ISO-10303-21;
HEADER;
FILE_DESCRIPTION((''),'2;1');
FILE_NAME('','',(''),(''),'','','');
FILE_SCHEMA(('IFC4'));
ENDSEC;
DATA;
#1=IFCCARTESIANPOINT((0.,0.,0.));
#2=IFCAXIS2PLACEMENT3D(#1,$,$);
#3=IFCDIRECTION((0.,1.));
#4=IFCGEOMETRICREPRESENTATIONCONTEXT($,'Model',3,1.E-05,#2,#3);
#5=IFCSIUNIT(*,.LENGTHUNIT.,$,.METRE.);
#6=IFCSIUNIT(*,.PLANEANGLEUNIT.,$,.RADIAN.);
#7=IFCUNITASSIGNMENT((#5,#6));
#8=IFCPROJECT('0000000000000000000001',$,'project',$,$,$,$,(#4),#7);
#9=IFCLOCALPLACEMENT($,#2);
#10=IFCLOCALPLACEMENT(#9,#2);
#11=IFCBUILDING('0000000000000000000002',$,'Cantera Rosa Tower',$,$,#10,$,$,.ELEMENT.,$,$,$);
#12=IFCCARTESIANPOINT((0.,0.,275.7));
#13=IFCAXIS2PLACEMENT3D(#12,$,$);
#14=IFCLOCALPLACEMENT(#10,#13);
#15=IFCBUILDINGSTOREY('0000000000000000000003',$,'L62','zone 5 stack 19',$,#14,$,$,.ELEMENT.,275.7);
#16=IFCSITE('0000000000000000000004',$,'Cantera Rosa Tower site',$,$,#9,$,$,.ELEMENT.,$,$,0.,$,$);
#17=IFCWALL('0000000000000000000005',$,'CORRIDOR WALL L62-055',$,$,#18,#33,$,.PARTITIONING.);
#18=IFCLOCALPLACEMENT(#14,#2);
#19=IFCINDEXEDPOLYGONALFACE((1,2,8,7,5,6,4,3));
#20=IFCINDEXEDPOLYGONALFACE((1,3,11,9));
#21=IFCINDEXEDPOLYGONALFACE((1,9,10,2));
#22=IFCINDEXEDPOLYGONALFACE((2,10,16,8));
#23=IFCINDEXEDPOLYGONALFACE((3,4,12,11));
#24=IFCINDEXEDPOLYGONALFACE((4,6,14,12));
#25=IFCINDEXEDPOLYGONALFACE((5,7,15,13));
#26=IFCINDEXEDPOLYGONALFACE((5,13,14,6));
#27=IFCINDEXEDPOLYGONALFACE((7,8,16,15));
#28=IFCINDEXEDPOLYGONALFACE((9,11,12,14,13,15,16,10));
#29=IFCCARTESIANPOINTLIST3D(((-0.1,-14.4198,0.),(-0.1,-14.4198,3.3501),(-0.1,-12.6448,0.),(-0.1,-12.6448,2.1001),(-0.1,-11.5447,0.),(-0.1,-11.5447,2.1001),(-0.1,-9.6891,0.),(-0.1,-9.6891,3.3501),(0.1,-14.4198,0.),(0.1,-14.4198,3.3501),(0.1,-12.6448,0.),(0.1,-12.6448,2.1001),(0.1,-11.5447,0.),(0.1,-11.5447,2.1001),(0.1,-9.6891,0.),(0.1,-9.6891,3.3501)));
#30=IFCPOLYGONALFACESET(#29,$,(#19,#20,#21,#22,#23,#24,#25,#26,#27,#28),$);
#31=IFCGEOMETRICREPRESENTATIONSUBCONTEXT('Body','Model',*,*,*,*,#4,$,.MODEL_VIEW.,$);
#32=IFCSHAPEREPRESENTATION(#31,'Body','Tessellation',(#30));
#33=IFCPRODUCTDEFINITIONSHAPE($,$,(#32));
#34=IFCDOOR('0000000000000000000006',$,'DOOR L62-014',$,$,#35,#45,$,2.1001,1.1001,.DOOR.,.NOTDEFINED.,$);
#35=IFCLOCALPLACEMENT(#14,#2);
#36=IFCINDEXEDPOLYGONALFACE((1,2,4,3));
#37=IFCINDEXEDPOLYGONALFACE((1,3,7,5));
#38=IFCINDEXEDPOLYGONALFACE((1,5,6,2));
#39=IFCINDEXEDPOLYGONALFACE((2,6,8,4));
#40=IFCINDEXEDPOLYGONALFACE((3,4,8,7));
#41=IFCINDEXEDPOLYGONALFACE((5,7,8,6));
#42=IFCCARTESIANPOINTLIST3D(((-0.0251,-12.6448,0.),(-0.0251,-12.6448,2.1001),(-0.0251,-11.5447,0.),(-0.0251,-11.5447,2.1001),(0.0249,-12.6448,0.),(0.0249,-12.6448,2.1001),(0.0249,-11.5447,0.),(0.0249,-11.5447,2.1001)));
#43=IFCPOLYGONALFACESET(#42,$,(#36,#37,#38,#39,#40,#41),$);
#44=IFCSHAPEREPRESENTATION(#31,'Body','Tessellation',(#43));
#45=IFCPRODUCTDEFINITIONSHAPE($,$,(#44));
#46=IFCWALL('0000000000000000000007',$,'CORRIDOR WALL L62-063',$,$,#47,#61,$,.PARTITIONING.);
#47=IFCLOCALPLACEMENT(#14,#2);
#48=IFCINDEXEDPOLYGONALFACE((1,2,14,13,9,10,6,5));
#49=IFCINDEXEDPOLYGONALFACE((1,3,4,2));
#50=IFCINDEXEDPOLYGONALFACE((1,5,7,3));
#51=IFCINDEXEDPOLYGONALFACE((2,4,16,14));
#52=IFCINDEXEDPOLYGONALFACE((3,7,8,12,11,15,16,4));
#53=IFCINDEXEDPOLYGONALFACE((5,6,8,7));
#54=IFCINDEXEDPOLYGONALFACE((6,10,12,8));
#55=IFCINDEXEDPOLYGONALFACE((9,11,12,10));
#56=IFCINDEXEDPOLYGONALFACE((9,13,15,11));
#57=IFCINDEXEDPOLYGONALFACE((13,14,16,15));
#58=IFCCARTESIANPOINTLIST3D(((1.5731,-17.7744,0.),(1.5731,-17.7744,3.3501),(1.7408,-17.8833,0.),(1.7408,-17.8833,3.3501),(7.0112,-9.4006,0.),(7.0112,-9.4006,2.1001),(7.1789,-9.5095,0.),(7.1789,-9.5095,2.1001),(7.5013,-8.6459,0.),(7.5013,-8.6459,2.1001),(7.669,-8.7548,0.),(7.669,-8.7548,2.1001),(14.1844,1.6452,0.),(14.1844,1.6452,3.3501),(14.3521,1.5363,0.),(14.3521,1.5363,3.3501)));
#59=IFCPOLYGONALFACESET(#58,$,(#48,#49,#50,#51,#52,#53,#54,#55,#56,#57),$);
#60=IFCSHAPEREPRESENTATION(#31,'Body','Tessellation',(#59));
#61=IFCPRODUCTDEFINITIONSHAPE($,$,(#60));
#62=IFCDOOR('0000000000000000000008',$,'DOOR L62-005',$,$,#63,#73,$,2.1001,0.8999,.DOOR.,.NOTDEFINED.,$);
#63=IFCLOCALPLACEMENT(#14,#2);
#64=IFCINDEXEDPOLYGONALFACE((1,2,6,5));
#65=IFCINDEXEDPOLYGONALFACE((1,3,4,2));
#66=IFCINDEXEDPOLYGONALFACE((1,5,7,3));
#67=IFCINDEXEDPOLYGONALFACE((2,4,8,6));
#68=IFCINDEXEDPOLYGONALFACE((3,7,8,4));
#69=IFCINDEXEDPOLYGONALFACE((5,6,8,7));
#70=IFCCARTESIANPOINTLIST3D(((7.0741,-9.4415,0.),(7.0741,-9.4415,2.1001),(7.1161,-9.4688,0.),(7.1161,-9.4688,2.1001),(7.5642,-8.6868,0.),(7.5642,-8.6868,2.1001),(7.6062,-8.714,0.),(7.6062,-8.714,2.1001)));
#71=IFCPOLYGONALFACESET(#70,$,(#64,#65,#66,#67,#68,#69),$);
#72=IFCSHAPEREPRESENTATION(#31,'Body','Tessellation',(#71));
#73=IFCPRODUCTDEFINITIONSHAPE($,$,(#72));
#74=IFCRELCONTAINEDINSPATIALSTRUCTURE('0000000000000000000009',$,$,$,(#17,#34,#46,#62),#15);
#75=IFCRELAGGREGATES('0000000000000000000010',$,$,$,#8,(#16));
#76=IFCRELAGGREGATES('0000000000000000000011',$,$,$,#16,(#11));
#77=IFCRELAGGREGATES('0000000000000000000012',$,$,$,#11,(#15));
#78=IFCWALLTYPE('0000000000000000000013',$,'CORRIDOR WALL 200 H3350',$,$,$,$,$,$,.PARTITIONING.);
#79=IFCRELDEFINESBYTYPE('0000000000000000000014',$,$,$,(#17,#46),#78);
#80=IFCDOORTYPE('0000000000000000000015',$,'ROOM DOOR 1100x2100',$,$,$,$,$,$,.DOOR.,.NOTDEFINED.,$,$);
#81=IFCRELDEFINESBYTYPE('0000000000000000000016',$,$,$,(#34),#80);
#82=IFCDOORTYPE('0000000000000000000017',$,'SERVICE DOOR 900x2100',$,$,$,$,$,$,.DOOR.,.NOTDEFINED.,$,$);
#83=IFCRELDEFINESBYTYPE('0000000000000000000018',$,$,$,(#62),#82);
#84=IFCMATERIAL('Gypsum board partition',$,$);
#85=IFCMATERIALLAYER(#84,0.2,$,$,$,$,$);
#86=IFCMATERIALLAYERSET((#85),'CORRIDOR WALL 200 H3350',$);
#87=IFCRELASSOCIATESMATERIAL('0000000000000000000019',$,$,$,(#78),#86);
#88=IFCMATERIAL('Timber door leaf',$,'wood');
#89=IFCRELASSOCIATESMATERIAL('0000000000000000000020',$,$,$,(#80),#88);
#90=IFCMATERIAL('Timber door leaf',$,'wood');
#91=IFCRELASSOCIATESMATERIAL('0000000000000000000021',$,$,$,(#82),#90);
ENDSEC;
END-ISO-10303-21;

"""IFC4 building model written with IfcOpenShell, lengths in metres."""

from ifc_helpers import new_model, si_unit, direction, frame, frame_2d, origin, place, context, subcontext, project, spatial, rectangle, extrude, material, layer, layer_set, type_object, element, fill, save


model = new_model("IFC4")

# Units and contexts
model_context = context("Model", 3, precision=1e-05, world=origin(), true_north=direction((0.0, 1.0)))
body_context = subcontext(model_context, "Body", "Model", "MODEL_VIEW")
ifc_project = project(units=[si_unit("LENGTHUNIT", "METRE"), si_unit("PLANEANGLEUNIT", "RADIAN")], contexts=[model_context])

# Site, building, storey
site_placement = place(None, origin())
site = spatial("IfcSite", under=ifc_project, at=site_placement, Name="Cantera Rosa Tower site", CompositionType="ELEMENT", RefElevation=0.0)
building_placement = place(site_placement, origin())
building = spatial("IfcBuilding", under=site, at=building_placement, Name="Cantera Rosa Tower", CompositionType="ELEMENT")
storey_placement = place(building_placement, frame((0.0, 0.0, 275.7)))
storey = spatial("IfcBuildingStorey", under=building, at=storey_placement, Name="L62", Description="zone 5 stack 19", CompositionType="ELEMENT", Elevation=275.7)

# Shared definitions
ifc_material_1 = material(Name="Gypsum board partition")
ifc_layer_1 = layer(ifc_material_1, 0.2)
ifc_layer_set_1 = layer_set([ifc_layer_1], Name="CORRIDOR WALL 200 H3350")
wall_type_1 = type_object("IfcWallType", Name="CORRIDOR WALL 200 H3350", PredefinedType="PARTITIONING", material=ifc_layer_set_1)

# Walls, openings, doors
wall_1_placement = place(storey_placement, frame((0.0, -9.6892, 0.0), z_axis=(0.0, 0.0, 1.0), x_axis=(0.0, -1.0, 0.0)))
wall_1 = element("IfcWall", 1, at=wall_1_placement, inside=storey, type_object=wall_type_1, Name="CORRIDOR WALL L62-055", PredefinedType="PARTITIONING", context=body_context, shape_type="SweptSolid", body=[
    extrude(rectangle(XDim=4.7307, YDim=0.2, at=frame_2d((2.3652, 0.0))), origin(), (0.0, 0.0, 1.0), 3.3501),
])
opening_1_placement = place(wall_1_placement, frame((1.8555, 0.0, 0.0)))
opening_1 = element("IfcOpeningElement", 2, at=opening_1_placement, cuts=wall_1, PredefinedType="OPENING", context=body_context, shape_type="SweptSolid", body=[
    extrude(rectangle(XDim=1.1001, YDim=2.1001, at=frame_2d((0.55, 1.05))), frame((0.0, 0.1099, 0.0), z_axis=(0.0, -1.0, 0.0), x_axis=(1.0, 0.0, 0.0)), (0.0, 0.0, 1.0), 0.22),
])
ifc_material_2 = material(Name="Timber door leaf", Category="wood")
door_type_1 = type_object("IfcDoorType", Name="ROOM DOOR 1100x2100", OperationType="NOTDEFINED", PredefinedType="DOOR", material=ifc_material_2)
door_1_placement = place(opening_1_placement, origin())
door_1 = element("IfcDoor", 3, at=door_1_placement, inside=storey, type_object=door_type_1, Name="DOOR L62-014", OperationType="NOTDEFINED", OverallHeight=2.1001, OverallWidth=1.1001, PredefinedType="DOOR", context=body_context, shape_type="SweptSolid", body=[
    extrude(rectangle(XDim=1.1001, YDim=2.1001, at=frame_2d((0.55, 1.05))), frame((0.0, 0.0249, 0.0), z_axis=(0.0, -1.0, 0.0), x_axis=(1.0, 0.0, 0.0)), (0.0, 0.0, 1.0), 0.05),
])
fill(opening_1, door_1)
wall_2_placement = place(storey_placement, frame((1.657, -17.8289, 0.0), z_axis=(0.0, 0.0, 1.0), x_axis=(0.54464, 0.83867, 0.0)))
wall_2 = element("IfcWall", 4, at=wall_2_placement, inside=storey, type_object=wall_type_1, Name="CORRIDOR WALL L62-063", PredefinedType="PARTITIONING", context=body_context, shape_type="SweptSolid", body=[
    extrude(rectangle(XDim=23.1553, YDim=0.2, at=frame_2d((11.5776, 0.0))), origin(), (0.0, 0.0, 1.0), 3.3501),
])
opening_2_placement = place(wall_2_placement, frame((9.9846, 0.0, 0.0)))
opening_2 = element("IfcOpeningElement", 5, at=opening_2_placement, cuts=wall_2, PredefinedType="OPENING", context=body_context, shape_type="SweptSolid", body=[
    extrude(rectangle(XDim=0.8999, YDim=2.1001, at=frame_2d((0.45, 1.05))), frame((0.0, 0.1099, 0.0), z_axis=(0.0, -1.0, 0.0), x_axis=(1.0, 0.0, 0.0)), (0.0, 0.0, 1.0), 0.22),
])
ifc_material_3 = material(Name="Timber door leaf", Category="wood")
door_type_2 = type_object("IfcDoorType", Name="SERVICE DOOR 900x2100", OperationType="NOTDEFINED", PredefinedType="DOOR", material=ifc_material_3)
door_2_placement = place(opening_2_placement, origin())
door_2 = element("IfcDoor", 6, at=door_2_placement, inside=storey, type_object=door_type_2, Name="DOOR L62-005", OperationType="NOTDEFINED", OverallHeight=2.1001, OverallWidth=0.8999, PredefinedType="DOOR", context=body_context, shape_type="SweptSolid", body=[
    extrude(rectangle(XDim=0.8999, YDim=2.1001, at=frame_2d((0.45, 1.05))), frame((0.0, 0.0249, 0.0), z_axis=(0.0, -1.0, 0.0), x_axis=(1.0, 0.0, 0.0)), (0.0, 0.0, 1.0), 0.05),
])
fill(opening_2, door_2)

save(model, "model.ifc")
